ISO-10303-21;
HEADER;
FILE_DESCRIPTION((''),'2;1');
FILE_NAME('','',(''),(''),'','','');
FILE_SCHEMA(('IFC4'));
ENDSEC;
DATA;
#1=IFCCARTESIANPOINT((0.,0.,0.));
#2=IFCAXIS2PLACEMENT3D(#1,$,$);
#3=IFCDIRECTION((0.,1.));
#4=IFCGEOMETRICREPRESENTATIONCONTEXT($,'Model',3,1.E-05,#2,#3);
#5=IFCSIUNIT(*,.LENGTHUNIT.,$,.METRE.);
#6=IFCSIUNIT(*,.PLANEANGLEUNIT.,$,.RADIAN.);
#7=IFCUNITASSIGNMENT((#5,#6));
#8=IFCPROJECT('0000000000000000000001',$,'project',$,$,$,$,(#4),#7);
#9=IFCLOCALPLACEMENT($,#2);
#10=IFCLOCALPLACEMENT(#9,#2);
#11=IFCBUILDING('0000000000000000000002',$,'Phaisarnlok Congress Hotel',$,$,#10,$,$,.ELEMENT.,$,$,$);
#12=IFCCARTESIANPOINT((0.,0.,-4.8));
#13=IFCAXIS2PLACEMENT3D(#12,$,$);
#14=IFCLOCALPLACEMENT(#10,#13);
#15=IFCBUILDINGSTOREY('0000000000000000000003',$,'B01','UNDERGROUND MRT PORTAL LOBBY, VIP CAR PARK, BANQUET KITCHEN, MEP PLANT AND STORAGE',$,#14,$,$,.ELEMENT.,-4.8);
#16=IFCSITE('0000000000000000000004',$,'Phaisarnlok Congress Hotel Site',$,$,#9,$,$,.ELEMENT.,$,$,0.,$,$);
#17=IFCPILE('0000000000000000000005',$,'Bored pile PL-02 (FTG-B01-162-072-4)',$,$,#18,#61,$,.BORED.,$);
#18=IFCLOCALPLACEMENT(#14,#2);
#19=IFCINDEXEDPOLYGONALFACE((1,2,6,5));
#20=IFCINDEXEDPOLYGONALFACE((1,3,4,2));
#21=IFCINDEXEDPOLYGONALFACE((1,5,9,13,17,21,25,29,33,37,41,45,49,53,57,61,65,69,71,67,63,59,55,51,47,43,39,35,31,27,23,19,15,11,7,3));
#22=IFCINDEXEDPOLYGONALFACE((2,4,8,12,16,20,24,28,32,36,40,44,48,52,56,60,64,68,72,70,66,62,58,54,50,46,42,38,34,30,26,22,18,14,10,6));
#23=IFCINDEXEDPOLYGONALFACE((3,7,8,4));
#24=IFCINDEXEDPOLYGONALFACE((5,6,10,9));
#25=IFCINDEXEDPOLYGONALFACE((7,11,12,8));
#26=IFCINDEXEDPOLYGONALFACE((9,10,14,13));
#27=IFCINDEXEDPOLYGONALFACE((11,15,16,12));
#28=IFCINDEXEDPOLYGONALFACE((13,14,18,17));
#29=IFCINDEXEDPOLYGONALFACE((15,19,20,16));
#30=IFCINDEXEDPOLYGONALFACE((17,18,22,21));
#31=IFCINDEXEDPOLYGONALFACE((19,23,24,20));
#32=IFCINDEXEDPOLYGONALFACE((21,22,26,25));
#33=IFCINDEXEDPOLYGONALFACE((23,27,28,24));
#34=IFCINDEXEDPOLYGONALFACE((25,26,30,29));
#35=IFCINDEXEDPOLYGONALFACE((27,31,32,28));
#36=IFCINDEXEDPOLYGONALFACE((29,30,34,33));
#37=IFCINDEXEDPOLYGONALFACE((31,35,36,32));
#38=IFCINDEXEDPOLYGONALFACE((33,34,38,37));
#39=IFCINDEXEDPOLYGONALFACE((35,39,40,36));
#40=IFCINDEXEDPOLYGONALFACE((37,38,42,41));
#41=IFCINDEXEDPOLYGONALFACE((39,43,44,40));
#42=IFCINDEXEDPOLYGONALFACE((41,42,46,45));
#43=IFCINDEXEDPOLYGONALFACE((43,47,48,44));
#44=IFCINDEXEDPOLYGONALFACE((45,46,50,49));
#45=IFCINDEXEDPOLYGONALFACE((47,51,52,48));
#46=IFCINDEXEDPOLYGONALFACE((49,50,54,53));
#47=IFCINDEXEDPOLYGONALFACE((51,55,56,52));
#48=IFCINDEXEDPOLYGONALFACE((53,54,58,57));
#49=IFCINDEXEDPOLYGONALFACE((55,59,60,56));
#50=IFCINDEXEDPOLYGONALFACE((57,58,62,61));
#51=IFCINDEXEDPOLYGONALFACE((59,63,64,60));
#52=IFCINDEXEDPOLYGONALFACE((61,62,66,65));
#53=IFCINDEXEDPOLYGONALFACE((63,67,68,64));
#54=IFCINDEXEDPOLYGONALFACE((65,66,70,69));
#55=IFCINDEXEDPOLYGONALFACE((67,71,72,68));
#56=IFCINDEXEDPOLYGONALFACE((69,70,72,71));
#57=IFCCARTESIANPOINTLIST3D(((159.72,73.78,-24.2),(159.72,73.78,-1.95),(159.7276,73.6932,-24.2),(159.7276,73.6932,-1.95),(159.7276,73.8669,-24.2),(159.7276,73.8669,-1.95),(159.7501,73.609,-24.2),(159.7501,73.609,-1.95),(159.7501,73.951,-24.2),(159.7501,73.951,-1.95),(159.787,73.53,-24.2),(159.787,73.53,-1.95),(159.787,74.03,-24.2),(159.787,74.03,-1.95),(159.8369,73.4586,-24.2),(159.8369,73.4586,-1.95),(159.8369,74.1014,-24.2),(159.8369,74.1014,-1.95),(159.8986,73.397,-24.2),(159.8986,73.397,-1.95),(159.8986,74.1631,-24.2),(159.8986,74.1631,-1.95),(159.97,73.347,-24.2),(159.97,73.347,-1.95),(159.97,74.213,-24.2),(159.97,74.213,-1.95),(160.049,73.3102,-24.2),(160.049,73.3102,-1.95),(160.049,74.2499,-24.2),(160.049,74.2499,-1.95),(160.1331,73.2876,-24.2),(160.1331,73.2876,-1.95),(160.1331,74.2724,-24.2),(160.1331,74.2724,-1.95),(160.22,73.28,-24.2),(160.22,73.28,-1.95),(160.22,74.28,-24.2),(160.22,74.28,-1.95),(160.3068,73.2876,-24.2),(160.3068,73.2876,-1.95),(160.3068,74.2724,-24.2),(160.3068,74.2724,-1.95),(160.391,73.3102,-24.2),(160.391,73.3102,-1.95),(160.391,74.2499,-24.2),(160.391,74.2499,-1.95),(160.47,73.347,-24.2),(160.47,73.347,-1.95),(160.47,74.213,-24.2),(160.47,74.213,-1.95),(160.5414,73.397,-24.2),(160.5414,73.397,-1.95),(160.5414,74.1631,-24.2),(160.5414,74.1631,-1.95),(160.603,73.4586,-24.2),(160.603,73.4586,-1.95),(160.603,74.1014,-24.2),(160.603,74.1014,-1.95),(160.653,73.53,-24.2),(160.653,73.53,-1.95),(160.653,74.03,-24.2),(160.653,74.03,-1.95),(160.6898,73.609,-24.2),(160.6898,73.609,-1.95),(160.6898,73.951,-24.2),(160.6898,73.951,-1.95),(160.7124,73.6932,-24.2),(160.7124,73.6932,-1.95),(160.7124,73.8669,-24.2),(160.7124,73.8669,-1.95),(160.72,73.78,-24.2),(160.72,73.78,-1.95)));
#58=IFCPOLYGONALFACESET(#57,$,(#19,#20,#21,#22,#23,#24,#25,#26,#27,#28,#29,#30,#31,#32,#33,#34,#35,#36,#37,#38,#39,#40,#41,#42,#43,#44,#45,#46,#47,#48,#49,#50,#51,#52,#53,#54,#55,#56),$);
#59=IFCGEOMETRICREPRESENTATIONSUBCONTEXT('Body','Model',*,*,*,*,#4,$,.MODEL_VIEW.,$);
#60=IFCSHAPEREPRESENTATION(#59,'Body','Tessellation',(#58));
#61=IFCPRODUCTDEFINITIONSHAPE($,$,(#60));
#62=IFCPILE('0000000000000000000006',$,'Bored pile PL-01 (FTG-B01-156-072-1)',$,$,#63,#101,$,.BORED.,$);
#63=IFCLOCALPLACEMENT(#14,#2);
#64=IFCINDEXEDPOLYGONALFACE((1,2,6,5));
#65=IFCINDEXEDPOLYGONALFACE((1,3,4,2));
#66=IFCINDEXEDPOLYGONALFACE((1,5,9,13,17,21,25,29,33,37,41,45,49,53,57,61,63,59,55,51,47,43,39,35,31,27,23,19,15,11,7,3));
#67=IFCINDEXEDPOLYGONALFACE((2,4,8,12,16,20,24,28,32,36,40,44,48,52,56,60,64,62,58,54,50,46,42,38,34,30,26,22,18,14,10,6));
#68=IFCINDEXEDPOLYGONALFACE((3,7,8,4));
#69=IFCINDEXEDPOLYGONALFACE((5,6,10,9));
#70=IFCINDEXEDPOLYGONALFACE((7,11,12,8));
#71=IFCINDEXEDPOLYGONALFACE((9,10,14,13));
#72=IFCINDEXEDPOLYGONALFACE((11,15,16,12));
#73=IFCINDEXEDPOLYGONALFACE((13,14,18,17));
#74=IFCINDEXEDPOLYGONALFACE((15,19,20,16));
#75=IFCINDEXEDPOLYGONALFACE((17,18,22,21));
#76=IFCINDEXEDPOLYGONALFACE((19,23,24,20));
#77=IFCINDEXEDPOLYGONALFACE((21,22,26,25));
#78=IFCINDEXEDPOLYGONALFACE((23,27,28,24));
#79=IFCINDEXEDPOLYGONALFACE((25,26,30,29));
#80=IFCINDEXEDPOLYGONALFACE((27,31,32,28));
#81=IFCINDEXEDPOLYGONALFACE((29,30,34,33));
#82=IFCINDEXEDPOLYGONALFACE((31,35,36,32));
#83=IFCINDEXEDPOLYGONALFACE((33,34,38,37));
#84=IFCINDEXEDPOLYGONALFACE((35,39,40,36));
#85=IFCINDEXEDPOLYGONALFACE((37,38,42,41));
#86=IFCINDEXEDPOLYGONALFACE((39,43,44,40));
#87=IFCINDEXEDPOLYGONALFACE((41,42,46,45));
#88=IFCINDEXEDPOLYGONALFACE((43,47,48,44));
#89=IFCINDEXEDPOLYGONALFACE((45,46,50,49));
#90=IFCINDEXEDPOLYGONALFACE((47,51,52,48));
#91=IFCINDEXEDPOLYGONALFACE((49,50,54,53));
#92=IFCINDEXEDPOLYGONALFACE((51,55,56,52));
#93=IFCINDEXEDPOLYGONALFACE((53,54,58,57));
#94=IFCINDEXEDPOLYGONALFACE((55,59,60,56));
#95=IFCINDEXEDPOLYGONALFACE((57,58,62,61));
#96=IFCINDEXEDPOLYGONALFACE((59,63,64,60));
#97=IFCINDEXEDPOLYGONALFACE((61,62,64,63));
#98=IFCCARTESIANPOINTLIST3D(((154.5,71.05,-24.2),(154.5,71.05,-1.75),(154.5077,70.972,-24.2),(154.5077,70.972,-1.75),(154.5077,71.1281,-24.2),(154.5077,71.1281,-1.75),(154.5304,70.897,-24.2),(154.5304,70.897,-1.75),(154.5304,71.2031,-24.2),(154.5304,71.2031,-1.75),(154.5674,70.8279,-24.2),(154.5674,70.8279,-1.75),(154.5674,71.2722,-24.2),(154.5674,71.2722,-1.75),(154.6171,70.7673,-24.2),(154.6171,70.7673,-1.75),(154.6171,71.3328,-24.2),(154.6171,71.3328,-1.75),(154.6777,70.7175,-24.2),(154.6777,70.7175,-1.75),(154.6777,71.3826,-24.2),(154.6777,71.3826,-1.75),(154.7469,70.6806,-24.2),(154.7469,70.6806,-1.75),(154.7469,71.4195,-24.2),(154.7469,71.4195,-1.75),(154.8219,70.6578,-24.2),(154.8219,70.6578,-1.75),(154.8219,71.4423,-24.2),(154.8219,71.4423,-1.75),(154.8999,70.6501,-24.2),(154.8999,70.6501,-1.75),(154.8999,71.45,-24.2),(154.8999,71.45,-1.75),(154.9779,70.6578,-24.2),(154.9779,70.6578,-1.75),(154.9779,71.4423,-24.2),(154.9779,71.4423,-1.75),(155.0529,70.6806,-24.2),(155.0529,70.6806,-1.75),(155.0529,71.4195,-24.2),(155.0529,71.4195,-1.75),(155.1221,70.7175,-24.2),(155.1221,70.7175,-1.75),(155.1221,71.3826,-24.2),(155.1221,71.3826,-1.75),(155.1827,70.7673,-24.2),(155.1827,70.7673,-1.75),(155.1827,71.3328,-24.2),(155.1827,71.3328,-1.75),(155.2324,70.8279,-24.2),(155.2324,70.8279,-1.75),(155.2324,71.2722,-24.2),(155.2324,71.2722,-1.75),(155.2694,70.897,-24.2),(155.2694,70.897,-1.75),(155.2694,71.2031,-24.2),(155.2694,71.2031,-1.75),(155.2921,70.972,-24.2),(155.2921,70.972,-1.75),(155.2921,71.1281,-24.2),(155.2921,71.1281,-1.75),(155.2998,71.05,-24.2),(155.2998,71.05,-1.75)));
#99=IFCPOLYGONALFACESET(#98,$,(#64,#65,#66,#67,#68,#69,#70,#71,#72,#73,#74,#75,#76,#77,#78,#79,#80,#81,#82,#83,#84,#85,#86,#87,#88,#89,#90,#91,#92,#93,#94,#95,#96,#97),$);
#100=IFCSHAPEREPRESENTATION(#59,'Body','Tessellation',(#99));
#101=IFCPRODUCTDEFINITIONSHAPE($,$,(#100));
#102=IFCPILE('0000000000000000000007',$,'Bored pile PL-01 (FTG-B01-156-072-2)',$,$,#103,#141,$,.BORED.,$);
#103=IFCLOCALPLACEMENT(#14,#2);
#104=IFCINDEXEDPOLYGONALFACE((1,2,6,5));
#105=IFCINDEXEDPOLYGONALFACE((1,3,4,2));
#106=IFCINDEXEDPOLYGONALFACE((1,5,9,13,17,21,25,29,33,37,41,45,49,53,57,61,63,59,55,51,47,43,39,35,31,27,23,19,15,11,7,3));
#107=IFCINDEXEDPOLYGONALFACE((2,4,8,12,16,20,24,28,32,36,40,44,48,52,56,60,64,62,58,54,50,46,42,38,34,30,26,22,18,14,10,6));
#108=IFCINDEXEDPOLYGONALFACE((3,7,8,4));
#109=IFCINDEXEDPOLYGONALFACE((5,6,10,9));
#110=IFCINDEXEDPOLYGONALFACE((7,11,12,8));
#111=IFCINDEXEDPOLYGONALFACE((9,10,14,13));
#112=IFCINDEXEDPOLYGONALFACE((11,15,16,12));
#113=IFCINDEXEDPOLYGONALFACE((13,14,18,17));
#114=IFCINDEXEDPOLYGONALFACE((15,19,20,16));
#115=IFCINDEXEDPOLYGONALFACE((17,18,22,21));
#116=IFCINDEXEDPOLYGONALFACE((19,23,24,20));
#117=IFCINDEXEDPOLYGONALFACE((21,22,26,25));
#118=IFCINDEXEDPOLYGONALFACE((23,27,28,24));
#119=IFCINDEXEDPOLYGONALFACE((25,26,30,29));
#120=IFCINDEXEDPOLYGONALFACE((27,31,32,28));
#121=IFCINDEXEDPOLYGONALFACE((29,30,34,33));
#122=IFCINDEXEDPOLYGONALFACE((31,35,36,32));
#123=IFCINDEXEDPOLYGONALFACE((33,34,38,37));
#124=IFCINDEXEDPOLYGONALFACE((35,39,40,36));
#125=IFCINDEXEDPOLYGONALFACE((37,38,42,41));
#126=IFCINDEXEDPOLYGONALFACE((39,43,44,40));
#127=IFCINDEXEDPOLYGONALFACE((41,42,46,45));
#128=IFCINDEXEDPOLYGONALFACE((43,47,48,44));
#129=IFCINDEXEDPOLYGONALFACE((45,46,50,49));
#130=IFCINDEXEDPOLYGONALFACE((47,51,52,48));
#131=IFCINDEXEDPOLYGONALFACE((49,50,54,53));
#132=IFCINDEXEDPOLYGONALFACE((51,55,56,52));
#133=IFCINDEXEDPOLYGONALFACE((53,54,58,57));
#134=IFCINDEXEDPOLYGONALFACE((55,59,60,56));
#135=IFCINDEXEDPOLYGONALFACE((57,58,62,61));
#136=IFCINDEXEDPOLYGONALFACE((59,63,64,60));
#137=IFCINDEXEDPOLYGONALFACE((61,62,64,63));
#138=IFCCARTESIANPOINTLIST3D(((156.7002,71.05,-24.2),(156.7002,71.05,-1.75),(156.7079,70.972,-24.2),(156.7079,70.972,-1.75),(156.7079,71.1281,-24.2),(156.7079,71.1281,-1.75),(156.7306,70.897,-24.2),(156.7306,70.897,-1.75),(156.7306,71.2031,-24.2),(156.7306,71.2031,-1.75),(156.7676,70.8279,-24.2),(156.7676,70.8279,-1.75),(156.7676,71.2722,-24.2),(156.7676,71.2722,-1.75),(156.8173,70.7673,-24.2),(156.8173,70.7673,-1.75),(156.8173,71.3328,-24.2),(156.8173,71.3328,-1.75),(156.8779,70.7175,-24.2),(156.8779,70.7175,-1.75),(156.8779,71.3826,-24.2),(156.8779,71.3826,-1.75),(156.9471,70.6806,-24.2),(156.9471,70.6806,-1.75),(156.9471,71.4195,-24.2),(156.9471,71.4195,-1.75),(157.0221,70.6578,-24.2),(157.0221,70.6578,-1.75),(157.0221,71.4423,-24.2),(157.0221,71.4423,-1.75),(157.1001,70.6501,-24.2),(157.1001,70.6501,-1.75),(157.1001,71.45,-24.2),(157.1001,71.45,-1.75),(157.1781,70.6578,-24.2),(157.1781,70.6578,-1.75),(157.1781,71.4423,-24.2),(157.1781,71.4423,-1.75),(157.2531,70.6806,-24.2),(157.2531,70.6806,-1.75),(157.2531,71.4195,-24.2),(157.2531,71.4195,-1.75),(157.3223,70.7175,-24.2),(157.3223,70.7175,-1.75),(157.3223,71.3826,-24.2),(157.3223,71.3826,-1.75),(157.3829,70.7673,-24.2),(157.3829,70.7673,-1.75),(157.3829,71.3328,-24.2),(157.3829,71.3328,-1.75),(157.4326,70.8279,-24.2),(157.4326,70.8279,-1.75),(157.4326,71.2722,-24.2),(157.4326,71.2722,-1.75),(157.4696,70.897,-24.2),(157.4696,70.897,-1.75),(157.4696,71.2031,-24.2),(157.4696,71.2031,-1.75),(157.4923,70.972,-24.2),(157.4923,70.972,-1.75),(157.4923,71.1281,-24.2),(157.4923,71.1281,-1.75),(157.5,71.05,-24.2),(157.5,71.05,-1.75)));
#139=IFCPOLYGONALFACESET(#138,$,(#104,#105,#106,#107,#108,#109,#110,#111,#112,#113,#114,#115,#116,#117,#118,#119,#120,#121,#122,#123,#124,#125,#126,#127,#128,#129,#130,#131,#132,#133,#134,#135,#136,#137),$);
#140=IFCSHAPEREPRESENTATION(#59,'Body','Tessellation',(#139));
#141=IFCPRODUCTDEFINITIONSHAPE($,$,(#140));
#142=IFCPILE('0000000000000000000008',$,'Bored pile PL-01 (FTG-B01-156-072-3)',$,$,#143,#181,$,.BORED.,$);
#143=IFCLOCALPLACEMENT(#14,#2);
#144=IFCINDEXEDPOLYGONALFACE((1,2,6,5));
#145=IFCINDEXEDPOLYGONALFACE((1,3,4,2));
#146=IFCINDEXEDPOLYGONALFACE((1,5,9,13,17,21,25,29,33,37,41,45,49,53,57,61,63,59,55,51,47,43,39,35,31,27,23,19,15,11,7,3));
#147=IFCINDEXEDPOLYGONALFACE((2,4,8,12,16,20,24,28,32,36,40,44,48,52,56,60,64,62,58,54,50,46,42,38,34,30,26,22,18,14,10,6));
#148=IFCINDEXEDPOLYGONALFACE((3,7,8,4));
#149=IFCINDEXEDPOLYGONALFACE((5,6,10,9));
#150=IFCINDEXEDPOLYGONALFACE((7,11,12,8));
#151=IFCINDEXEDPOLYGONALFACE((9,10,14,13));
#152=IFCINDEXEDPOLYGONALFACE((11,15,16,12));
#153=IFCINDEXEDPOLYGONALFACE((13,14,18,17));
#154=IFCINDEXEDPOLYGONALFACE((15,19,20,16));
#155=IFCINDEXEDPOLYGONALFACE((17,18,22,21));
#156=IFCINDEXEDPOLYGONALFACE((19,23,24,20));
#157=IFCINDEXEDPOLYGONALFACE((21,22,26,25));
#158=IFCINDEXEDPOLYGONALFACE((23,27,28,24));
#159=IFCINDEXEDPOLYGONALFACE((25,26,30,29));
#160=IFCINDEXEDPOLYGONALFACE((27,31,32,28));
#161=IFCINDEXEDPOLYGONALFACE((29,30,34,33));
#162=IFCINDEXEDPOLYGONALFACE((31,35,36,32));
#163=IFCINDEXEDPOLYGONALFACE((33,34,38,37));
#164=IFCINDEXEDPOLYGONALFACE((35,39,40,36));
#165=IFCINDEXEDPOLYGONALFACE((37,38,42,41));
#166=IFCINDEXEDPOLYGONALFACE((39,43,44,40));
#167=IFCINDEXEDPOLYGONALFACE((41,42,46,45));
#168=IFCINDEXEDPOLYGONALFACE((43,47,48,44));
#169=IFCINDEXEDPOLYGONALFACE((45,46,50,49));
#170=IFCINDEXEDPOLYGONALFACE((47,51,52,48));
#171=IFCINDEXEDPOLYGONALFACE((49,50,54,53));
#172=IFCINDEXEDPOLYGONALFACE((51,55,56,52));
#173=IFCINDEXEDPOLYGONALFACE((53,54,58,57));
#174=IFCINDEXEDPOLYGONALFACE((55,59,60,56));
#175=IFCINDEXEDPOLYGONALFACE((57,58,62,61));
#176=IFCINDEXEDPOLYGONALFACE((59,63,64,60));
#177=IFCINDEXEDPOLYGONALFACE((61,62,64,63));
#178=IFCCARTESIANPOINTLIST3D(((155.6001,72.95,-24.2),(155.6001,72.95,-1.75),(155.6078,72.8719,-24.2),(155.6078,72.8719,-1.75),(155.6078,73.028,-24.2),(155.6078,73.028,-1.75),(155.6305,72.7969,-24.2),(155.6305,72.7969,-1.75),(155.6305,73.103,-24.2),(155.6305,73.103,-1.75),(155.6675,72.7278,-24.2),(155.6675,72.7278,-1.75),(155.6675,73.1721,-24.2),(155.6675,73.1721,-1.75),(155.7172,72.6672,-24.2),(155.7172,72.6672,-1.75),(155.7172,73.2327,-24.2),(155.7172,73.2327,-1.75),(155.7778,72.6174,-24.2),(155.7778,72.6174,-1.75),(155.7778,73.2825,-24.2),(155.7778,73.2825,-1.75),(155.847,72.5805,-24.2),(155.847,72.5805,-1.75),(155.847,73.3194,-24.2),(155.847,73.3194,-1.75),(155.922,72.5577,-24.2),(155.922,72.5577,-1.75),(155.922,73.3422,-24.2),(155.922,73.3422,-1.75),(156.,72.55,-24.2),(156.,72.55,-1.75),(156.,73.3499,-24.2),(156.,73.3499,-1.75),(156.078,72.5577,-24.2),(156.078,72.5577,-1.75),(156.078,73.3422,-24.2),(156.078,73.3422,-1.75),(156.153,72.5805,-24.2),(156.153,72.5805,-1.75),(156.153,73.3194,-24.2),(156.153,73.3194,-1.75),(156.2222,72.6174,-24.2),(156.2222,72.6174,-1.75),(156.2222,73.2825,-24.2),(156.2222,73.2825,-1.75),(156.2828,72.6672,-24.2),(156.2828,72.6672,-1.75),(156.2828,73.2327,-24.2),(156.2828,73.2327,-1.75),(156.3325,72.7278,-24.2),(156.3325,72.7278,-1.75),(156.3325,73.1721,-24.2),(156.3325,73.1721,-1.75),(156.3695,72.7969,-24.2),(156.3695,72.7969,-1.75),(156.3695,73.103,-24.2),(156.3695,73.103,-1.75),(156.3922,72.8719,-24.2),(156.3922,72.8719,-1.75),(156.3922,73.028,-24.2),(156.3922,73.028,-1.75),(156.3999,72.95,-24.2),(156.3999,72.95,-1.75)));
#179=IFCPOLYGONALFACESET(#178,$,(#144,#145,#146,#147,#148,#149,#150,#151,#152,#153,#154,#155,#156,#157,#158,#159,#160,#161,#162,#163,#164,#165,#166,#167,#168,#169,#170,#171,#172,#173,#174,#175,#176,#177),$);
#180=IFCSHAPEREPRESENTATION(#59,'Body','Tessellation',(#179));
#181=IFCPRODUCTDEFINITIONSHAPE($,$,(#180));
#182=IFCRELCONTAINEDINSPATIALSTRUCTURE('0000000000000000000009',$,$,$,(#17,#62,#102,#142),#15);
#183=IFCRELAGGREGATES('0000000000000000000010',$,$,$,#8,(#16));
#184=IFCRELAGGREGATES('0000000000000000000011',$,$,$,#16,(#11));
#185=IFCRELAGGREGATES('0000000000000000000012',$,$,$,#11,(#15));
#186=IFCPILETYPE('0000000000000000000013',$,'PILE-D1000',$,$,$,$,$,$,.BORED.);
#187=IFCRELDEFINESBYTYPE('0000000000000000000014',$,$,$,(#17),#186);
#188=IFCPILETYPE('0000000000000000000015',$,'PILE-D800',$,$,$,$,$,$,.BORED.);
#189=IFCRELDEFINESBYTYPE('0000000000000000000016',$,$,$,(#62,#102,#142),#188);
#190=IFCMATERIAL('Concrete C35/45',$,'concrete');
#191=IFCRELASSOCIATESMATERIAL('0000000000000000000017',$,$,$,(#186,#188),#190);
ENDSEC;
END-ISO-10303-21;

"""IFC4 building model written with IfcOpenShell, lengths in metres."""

from ifc_helpers import new_model, si_unit, direction, frame, origin, origin_2d, place, context, subcontext, project, spatial, circle, extrude, material, material_profile, profile_set, type_object, element, save


model = new_model("IFC4")

# Units and contexts
model_context = context("Model", 3, precision=1e-05, world=origin(), true_north=direction((0.0, 1.0)))
body_context = subcontext(model_context, "Body", "Model", "MODEL_VIEW")
ifc_project = project(units=[si_unit("LENGTHUNIT", "METRE"), si_unit("PLANEANGLEUNIT", "RADIAN")], contexts=[model_context])

# Site, building, storey
site_placement = place(None, origin())
site = spatial("IfcSite", under=ifc_project, at=site_placement, Name="Phaisarnlok Congress Hotel Site", CompositionType="ELEMENT", RefElevation=0.0)
building_placement = place(site_placement, origin())
building = spatial("IfcBuilding", under=site, at=building_placement, Name="Phaisarnlok Congress Hotel", CompositionType="ELEMENT")
storey_placement = place(building_placement, frame((0.0, 0.0, -4.8)))
storey = spatial("IfcBuildingStorey", under=building, at=storey_placement, Name="B01", Description="UNDERGROUND MRT PORTAL LOBBY, VIP CAR PARK, BANQUET KITCHEN, MEP PLANT AND STORAGE", CompositionType="ELEMENT", Elevation=-4.8)

# Piles
ifc_material_1 = material(Name="Concrete C35/45", Category="concrete")
ifc_material_profile_1 = material_profile(ifc_material_1, circle(Radius=0.5, at=origin_2d()), Name="BORED PILE D1000")
ifc_profile_set_1 = profile_set([ifc_material_profile_1], Name="Concrete C35/45")
pile_type_1 = type_object("IfcPileType", Name="PILE-D1000", PredefinedType="BORED", material=ifc_profile_set_1)
for number, where, z_axis, x_axis, name in (
    (1, (160.22, 73.78, -1.95), (0.0, 0.0, -1.0), (1.0, 0.0, 0.0), "Bored pile PL-02 (FTG-B01-162-072-4)"),
):
    element("IfcPile", number, at=place(storey_placement, frame(where, z_axis=z_axis, x_axis=x_axis)), inside=storey, type_object=pile_type_1, Name=name, PredefinedType="BORED", context=body_context, shape_type="SweptSolid", body=[
        extrude(circle(Radius=0.5, at=origin_2d()), origin(), (0.0, 0.0, 1.0), 22.25),
    ])
ifc_material_profile_2 = material_profile(ifc_material_1, circle(Radius=0.3999, at=origin_2d()), Name="BORED PILE D800")
ifc_profile_set_2 = profile_set([ifc_material_profile_2], Name="Concrete C35/45")
pile_type_2 = type_object("IfcPileType", Name="PILE-D800", PredefinedType="BORED", material=ifc_profile_set_2)
for number, where, z_axis, x_axis, name in (
    (2, (154.8999, 71.05, -1.75), (0.0, 0.0, -1.0), (1.0, 0.0, 0.0), "Bored pile PL-01 (FTG-B01-156-072-1)"),
    (3, (157.1001, 71.05, -1.75), (0.0, 0.0, -1.0), (1.0, 0.0, 0.0), "Bored pile PL-01 (FTG-B01-156-072-2)"),
    (4, (156.0, 72.95, -1.75), (0.0, 0.0, -1.0), (1.0, 0.0, 0.0), "Bored pile PL-01 (FTG-B01-156-072-3)"),
):
    element("IfcPile", number, at=place(storey_placement, frame(where, z_axis=z_axis, x_axis=x_axis)), inside=storey, type_object=pile_type_2, Name=name, PredefinedType="BORED", context=body_context, shape_type="SweptSolid", body=[
        extrude(circle(Radius=0.3999, at=origin_2d()), origin(), (0.0, 0.0, 1.0), 22.45),
    ])

save(model, "model.ifc")
